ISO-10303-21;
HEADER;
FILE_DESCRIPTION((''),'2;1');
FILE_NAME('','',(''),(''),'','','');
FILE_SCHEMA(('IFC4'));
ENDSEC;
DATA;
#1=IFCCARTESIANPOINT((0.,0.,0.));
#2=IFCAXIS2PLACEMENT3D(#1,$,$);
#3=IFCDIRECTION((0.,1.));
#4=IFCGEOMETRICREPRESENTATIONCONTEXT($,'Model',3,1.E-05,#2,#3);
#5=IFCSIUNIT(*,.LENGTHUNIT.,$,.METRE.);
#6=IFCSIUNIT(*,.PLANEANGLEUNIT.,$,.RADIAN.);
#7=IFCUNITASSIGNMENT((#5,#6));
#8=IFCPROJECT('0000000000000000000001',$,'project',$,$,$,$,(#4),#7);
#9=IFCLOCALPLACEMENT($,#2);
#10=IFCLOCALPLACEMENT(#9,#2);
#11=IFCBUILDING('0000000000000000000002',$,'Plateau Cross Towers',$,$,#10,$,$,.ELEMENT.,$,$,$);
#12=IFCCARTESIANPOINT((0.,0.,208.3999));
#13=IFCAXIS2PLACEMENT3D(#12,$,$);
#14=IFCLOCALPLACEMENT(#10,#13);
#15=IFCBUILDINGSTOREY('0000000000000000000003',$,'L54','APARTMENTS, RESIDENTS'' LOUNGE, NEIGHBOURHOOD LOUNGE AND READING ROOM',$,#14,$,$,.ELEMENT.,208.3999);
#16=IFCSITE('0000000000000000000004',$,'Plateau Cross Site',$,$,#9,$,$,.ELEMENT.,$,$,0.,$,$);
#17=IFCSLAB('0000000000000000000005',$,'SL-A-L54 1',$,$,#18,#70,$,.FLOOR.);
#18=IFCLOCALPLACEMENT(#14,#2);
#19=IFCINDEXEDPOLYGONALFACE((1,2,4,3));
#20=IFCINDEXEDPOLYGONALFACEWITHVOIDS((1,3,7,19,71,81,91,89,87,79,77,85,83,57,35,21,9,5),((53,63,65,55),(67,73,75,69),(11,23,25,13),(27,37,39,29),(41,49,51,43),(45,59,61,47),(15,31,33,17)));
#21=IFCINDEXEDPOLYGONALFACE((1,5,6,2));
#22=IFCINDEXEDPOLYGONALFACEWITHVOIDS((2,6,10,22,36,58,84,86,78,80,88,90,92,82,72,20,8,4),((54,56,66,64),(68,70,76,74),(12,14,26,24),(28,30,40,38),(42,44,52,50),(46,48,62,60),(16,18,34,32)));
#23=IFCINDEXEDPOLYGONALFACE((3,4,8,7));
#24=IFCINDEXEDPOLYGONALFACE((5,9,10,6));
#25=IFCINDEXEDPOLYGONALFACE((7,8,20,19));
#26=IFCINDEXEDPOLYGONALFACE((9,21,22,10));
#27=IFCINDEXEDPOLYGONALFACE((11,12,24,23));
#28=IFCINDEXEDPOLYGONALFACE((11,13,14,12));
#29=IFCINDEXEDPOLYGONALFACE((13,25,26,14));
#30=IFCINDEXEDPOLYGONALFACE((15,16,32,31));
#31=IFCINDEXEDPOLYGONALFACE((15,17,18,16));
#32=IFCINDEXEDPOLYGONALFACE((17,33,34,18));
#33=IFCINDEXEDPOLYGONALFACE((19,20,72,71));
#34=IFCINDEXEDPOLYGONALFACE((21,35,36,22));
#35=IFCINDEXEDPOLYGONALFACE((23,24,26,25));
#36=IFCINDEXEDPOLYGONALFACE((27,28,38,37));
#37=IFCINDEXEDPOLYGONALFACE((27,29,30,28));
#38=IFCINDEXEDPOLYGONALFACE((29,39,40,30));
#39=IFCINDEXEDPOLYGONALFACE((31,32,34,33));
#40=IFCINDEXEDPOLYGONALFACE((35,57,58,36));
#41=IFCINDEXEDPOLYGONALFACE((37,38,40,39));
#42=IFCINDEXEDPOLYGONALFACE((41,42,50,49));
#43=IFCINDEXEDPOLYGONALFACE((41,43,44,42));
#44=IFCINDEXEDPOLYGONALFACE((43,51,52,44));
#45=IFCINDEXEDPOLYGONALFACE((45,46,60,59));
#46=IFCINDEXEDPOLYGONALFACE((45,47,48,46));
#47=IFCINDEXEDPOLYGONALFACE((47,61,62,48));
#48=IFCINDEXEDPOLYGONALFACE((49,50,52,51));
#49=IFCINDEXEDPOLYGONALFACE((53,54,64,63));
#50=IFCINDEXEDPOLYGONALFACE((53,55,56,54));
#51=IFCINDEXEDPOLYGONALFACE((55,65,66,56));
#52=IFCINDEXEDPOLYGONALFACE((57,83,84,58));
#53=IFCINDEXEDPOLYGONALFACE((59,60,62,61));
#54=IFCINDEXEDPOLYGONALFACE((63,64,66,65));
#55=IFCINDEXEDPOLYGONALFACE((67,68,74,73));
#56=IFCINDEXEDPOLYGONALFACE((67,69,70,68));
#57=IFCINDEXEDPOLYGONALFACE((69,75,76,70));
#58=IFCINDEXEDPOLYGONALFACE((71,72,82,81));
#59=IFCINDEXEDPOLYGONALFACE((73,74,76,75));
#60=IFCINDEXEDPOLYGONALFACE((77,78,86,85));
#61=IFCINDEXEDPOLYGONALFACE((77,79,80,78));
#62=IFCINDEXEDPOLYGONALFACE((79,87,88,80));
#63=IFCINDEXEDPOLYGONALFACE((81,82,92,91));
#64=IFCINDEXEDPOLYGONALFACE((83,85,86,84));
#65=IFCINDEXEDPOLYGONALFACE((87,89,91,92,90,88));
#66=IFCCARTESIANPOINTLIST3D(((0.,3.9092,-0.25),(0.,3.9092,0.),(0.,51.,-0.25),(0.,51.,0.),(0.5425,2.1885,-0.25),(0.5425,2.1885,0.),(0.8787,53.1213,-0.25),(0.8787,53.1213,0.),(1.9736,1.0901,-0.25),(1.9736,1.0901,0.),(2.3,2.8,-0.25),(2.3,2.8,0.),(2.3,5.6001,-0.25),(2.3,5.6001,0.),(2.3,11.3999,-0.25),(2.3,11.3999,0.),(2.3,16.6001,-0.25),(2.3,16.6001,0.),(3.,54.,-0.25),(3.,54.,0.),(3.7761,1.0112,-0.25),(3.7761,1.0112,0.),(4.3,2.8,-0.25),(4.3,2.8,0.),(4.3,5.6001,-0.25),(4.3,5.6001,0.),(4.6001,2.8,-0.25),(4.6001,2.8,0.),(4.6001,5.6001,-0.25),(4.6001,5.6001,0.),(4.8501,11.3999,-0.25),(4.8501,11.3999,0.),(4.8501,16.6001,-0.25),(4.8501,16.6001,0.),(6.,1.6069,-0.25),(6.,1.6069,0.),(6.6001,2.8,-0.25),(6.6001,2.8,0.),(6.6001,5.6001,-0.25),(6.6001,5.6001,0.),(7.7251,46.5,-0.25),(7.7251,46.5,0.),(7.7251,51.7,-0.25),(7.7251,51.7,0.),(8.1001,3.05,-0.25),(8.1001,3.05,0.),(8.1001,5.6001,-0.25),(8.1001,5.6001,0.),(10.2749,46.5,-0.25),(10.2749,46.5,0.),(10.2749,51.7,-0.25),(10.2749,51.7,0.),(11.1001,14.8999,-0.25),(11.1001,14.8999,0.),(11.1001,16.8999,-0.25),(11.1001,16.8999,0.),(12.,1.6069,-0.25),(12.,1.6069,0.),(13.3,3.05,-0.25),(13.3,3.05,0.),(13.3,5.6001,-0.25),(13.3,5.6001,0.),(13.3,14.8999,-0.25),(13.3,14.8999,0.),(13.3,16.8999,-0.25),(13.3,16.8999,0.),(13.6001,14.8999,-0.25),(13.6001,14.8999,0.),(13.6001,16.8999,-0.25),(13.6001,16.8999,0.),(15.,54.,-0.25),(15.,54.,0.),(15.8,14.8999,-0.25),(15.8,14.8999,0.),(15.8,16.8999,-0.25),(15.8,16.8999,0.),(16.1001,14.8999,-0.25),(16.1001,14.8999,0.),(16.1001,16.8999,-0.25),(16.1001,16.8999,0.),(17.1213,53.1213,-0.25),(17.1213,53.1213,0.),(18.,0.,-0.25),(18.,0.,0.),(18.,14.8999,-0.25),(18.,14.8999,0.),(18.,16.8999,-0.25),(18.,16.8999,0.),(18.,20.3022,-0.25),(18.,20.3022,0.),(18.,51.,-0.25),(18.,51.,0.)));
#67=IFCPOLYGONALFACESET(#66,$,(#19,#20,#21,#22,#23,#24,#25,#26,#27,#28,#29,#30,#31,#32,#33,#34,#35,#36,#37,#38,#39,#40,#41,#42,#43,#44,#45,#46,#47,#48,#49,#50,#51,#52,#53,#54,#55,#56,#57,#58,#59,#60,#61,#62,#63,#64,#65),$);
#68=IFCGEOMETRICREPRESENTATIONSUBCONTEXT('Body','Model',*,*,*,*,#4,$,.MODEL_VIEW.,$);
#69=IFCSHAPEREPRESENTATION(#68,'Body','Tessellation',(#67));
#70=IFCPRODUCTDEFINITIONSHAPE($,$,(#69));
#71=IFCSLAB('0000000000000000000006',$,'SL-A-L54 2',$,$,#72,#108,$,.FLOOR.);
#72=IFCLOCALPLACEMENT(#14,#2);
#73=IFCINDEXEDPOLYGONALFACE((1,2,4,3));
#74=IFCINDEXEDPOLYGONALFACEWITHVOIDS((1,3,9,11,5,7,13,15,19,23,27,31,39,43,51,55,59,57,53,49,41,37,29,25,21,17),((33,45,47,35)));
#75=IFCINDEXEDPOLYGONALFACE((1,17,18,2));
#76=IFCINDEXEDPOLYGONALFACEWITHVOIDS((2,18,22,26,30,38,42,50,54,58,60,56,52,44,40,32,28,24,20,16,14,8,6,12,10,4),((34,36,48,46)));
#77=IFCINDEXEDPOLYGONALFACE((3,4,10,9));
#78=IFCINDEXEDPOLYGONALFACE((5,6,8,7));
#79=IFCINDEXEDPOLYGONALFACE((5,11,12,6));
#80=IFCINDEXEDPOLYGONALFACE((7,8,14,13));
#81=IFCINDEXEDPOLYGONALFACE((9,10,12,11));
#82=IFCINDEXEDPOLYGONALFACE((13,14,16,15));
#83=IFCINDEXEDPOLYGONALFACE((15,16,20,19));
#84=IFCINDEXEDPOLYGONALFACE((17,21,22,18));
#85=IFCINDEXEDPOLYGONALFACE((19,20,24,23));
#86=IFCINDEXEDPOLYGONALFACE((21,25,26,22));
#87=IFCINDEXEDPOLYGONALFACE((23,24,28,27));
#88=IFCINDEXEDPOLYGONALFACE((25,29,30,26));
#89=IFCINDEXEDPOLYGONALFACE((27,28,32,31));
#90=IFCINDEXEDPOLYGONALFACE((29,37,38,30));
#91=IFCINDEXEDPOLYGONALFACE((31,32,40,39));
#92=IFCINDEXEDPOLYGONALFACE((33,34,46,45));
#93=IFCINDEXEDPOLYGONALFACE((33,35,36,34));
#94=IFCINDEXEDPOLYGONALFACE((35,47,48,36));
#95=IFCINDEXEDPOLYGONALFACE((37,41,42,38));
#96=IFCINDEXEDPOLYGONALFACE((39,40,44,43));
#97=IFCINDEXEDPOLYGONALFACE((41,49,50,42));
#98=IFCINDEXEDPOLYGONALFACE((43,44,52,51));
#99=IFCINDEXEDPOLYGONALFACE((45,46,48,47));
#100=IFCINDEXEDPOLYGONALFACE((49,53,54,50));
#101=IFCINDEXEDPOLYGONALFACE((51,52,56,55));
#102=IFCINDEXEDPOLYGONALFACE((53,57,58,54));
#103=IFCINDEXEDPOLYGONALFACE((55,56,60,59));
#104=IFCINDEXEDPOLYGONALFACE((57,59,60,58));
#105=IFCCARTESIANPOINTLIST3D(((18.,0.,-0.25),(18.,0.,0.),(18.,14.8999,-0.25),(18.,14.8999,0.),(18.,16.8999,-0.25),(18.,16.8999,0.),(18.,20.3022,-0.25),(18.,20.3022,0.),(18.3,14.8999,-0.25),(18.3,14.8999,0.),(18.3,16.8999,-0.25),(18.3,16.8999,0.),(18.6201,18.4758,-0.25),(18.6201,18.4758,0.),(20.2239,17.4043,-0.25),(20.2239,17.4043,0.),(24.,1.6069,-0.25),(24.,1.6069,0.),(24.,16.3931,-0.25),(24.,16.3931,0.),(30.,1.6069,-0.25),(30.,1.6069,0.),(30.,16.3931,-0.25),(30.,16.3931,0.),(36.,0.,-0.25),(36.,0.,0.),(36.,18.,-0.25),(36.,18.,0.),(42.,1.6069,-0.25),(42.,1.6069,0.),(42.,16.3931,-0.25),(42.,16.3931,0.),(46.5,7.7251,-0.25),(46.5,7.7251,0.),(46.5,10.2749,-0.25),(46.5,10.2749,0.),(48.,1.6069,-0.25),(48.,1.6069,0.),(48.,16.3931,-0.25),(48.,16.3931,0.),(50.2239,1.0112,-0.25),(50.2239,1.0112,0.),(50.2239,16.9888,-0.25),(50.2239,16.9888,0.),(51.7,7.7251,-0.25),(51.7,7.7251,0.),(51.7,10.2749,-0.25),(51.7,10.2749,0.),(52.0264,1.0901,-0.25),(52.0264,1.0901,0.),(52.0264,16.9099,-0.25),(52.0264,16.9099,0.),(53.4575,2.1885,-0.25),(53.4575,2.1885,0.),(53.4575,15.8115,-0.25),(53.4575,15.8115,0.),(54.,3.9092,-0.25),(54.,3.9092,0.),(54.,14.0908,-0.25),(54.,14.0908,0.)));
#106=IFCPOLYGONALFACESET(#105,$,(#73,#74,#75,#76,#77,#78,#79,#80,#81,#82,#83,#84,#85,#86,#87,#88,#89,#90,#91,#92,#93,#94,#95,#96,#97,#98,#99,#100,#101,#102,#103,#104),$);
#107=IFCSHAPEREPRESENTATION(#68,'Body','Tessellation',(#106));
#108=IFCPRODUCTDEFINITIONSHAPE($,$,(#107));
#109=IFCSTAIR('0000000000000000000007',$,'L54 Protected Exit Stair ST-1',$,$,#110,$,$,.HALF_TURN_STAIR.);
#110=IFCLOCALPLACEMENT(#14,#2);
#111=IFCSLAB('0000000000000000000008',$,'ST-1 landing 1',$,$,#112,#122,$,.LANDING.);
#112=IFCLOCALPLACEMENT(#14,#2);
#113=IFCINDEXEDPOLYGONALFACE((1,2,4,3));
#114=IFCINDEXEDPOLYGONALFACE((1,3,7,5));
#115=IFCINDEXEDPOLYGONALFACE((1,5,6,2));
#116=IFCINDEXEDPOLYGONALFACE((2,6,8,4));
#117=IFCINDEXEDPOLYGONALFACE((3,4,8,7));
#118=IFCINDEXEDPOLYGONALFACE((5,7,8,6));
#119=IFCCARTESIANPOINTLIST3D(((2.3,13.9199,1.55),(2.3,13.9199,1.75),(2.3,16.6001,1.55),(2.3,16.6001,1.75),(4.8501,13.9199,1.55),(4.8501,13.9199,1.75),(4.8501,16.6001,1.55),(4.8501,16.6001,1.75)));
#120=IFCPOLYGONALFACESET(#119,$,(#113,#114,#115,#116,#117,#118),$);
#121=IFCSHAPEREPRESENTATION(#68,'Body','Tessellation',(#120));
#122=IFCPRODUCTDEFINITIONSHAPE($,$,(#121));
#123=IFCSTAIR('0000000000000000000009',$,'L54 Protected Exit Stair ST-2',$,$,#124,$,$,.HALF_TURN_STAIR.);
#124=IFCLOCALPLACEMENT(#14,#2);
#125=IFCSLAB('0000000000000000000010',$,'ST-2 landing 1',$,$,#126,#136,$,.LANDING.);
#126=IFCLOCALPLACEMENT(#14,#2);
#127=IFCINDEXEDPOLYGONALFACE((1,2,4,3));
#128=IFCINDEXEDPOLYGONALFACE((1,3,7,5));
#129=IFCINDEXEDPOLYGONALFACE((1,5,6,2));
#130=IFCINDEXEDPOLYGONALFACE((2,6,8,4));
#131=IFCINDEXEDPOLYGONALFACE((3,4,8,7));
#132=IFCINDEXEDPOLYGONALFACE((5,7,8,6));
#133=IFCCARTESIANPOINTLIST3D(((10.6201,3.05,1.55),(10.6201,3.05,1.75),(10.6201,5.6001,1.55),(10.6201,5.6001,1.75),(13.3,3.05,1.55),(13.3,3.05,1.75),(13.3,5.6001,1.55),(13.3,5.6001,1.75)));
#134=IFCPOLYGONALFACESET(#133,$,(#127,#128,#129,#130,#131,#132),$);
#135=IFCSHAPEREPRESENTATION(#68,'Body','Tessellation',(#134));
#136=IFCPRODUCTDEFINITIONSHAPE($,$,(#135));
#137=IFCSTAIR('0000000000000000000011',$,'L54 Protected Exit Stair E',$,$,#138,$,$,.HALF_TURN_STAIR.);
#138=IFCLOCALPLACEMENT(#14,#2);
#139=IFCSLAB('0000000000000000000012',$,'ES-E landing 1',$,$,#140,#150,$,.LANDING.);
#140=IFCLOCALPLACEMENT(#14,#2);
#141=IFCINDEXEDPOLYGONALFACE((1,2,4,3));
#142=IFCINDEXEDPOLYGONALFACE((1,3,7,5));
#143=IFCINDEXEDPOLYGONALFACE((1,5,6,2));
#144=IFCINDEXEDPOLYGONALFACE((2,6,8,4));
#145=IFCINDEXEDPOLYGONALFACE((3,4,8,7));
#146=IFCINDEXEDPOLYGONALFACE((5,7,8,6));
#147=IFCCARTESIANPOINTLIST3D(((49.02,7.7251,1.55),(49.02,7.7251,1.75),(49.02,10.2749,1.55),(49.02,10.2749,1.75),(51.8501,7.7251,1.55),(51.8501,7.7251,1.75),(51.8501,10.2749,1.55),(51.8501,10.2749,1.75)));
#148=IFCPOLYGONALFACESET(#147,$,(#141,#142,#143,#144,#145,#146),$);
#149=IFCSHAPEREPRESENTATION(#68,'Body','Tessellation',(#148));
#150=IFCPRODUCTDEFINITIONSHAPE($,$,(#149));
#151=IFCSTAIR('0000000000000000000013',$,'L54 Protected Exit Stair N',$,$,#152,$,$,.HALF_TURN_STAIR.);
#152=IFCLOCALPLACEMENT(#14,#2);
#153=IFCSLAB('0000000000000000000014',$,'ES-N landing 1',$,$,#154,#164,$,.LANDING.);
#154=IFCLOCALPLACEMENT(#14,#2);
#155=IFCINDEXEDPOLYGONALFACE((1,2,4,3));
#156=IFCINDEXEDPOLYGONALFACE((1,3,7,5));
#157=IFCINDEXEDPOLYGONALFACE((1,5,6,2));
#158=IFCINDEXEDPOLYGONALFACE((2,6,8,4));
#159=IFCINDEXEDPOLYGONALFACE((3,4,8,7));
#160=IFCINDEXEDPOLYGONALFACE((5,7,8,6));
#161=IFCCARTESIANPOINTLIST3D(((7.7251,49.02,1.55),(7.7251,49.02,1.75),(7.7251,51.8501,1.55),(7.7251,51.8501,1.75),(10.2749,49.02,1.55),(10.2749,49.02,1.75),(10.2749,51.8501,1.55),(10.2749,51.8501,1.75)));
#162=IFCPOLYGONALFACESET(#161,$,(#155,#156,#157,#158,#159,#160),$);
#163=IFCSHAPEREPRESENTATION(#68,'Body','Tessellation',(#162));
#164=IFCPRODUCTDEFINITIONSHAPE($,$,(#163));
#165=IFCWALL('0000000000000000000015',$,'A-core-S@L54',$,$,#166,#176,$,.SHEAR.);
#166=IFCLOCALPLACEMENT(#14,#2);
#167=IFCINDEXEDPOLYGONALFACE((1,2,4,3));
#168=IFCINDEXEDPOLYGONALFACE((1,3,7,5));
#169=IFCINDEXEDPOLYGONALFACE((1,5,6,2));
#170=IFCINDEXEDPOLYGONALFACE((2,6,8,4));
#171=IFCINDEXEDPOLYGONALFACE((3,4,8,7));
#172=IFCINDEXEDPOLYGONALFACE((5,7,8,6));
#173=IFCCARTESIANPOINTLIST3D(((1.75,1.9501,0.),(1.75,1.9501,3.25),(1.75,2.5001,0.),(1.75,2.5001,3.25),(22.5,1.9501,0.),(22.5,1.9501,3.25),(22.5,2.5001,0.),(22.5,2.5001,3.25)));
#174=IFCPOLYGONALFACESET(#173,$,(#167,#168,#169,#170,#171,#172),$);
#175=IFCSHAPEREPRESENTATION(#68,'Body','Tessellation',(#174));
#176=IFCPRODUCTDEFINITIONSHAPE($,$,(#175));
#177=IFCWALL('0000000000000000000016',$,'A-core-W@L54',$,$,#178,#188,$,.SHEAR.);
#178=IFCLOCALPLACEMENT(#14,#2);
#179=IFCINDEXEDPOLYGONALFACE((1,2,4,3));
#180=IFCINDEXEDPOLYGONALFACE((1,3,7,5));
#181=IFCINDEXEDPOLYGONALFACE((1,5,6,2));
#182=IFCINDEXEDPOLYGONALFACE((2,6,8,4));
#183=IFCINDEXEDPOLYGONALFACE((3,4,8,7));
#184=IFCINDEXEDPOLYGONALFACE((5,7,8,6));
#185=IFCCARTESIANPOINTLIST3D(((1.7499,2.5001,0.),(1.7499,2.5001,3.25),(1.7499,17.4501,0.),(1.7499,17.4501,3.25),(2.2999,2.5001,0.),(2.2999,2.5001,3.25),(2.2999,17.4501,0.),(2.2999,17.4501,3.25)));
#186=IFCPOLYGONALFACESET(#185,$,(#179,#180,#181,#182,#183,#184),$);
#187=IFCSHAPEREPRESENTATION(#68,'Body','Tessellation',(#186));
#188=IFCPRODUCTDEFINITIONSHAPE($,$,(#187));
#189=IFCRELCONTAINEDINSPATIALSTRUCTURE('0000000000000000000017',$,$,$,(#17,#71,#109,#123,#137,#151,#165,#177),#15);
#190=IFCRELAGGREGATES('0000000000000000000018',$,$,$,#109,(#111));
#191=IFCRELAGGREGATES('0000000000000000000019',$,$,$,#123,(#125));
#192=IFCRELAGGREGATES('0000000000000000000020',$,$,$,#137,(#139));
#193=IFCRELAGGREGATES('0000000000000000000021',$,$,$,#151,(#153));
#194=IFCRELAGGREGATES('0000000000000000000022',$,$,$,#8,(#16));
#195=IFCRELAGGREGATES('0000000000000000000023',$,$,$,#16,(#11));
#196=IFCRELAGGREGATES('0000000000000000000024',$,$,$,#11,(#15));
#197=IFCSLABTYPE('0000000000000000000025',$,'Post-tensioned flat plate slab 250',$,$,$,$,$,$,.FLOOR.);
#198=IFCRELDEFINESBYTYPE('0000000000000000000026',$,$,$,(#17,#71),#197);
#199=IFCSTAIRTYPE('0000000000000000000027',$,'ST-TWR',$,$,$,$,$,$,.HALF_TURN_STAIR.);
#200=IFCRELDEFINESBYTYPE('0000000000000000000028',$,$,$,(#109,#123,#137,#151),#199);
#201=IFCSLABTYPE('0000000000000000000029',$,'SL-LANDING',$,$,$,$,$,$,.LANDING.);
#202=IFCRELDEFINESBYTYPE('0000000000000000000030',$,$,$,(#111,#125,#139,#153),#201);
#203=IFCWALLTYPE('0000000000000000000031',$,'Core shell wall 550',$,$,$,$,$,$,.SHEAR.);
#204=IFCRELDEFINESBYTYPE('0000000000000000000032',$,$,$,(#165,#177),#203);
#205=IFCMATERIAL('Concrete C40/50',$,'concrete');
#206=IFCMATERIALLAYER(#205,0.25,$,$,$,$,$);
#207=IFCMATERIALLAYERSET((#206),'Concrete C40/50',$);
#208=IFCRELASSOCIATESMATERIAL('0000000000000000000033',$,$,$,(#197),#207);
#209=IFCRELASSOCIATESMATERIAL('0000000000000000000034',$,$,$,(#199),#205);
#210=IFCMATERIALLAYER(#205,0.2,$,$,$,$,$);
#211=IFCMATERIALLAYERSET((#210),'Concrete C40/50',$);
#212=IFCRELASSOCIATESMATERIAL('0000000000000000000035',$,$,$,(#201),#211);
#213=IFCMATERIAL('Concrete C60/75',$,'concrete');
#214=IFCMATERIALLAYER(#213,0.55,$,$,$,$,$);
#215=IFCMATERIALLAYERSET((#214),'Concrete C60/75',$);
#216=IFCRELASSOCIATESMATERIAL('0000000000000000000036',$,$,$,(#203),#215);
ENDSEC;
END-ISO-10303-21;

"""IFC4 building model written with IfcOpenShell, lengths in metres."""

from ifc_helpers import new_model, si_unit, direction, frame, frame_2d, origin, place, context, subcontext, project, spatial, polyline, rectangle, outline, extrude, material, layer, layer_set, type_object, element, aggregate, save


model = new_model("IFC4")

# Units and contexts
model_context = context("Model", 3, precision=1e-05, world=origin(), true_north=direction((0.0, 1.0)))
body_context = subcontext(model_context, "Body", "Model", "MODEL_VIEW")
ifc_project = project(units=[si_unit("LENGTHUNIT", "METRE"), si_unit("PLANEANGLEUNIT", "RADIAN")], contexts=[model_context])

# Site, building, storey
site_placement = place(None, origin())
site = spatial("IfcSite", under=ifc_project, at=site_placement, Name="Plateau Cross Site", CompositionType="ELEMENT", RefElevation=0.0)
building_placement = place(site_placement, origin())
building = spatial("IfcBuilding", under=site, at=building_placement, Name="Plateau Cross Towers", CompositionType="ELEMENT")
storey_placement = place(building_placement, frame((0.0, 0.0, 208.3999)))
storey = spatial("IfcBuildingStorey", under=building, at=storey_placement, Name="L54", Description="APARTMENTS, RESIDENTS' LOUNGE, NEIGHBOURHOOD LOUNGE AND READING ROOM", CompositionType="ELEMENT", Elevation=208.3999)

# Shared definitions
ifc_material_1 = material(Name="Concrete C60/75", Category="concrete")

# Shared definitions
ifc_material_2 = material(Name="Concrete C40/50", Category="concrete")

# Slabs
ifc_layer_1 = layer(ifc_material_2, 0.25)
ifc_layer_set_1 = layer_set([ifc_layer_1], Name="Concrete C40/50")
slab_type_1 = type_object("IfcSlabType", Name="Post-tensioned flat plate slab 250", PredefinedType="FLOOR", material=ifc_layer_set_1)
slab_1_placement = place(storey_placement, frame((0.0, 0.0, -0.25)))
element("IfcSlab", 1, at=slab_1_placement, inside=storey, type_object=slab_type_1, Name="SL-A-L54 1", PredefinedType="FLOOR", context=body_context, shape_type="SweptSolid", body=[
    extrude(outline(polyline([(0.5425, 2.1885), (0.0, 3.9092), (0.0, 51.0), (0.8787, 53.1213), (3.0, 54.0), (15.0, 54.0), (17.1213, 53.1213), (18.0, 51.0), (18.0, 20.3022), (18.0, 16.8999), (16.1001, 16.8999), (16.1001, 14.8999), (18.0, 14.8999), (18.0, 0.0), (12.0, 1.6069), (6.0, 1.6069), (3.7761, 1.0112), (1.9736, 1.0901), (0.5425, 2.1885)]), holes=[polyline([(2.3, 5.6001), (2.3, 2.8), (4.3, 2.8), (4.3, 5.6001), (2.3, 5.6001)]), polyline([(4.6001, 5.6001), (4.6001, 2.8), (6.6001, 2.8), (6.6001, 5.6001), (4.6001, 5.6001)]), polyline([(8.1001, 5.6001), (8.1001, 3.05), (13.3, 3.05), (13.3, 5.6001), (8.1001, 5.6001)]), polyline([(2.3, 11.3999), (4.8501, 11.3999), (4.8501, 16.6001), (2.3, 16.6001), (2.3, 11.3999)]), polyline([(11.1001, 16.8999), (11.1001, 14.8999), (13.3, 14.8999), (13.3, 16.8999), (11.1001, 16.8999)]), polyline([(13.6001, 16.8999), (13.6001, 14.8999), (15.8, 14.8999), (15.8, 16.8999), (13.6001, 16.8999)]), polyline([(7.7251, 51.7), (7.7251, 46.5), (10.2749, 46.5), (10.2749, 51.7), (7.7251, 51.7)])]), origin(), (0.0, 0.0, 1.0), 0.25),
])
slab_2_placement = place(storey_placement, frame((0.0, 0.0, -0.25)))
element("IfcSlab", 2, at=slab_2_placement, inside=storey, type_object=slab_type_1, Name="SL-A-L54 2", PredefinedType="FLOOR", context=body_context, shape_type="SweptSolid", body=[
    extrude(outline(polyline([(18.6201, 18.4758), (20.2239, 17.4043), (24.0, 16.3931), (30.0, 16.3931), (36.0, 18.0), (42.0, 16.3931), (48.0, 16.3931), (50.2239, 16.9888), (52.0264, 16.9099), (53.4575, 15.8115), (54.0, 14.0908), (54.0, 3.9092), (53.4575, 2.1885), (52.0264, 1.0901), (50.2239, 1.0112), (48.0, 1.6069), (42.0, 1.6069), (36.0, 0.0), (30.0, 1.6069), (24.0, 1.6069), (18.0, 0.0), (18.0, 14.8999), (18.3, 14.8999), (18.3, 16.8999), (18.0, 16.8999), (18.0, 20.3022), (18.6201, 18.4758)]), holes=[polyline([(46.5, 10.2749), (46.5, 7.7251), (51.7, 7.7251), (51.7, 10.2749), (46.5, 10.2749)])]), origin(), (0.0, 0.0, 1.0), 0.25),
])

# Stairs, slabs
stair_type = type_object("IfcStairType", Name="ST-TWR", PredefinedType="HALF_TURN_STAIR", material=ifc_material_2)
stair_1_placement = place(storey_placement, origin())
stair_1 = element("IfcStair", 3, at=stair_1_placement, inside=storey, type_object=stair_type, Name="L54 Protected Exit Stair ST-1", PredefinedType="HALF_TURN_STAIR")
ifc_layer_2 = layer(ifc_material_2, 0.2)
ifc_layer_set_2 = layer_set([ifc_layer_2], Name="Concrete C40/50")
slab_type_2 = type_object("IfcSlabType", Name="SL-LANDING", PredefinedType="LANDING", material=ifc_layer_set_2)
slab_3_placement = place(storey_placement, frame((0.0, 0.0, 1.55)))
slab_3 = element("IfcSlab", 4, at=slab_3_placement, type_object=slab_type_2, Name="ST-1 landing 1", PredefinedType="LANDING", context=body_context, shape_type="SweptSolid", body=[
    extrude(outline(polyline([(4.8501, 13.9199), (4.8501, 16.6001), (2.3, 16.6001), (2.3, 13.9199), (4.8501, 13.9199)])), origin(), (0.0, 0.0, 1.0), 0.2),
])
aggregate(stair_1, [slab_3])
stair_2_placement = place(storey_placement, origin())
stair_2 = element("IfcStair", 5, at=stair_2_placement, inside=storey, type_object=stair_type, Name="L54 Protected Exit Stair ST-2", PredefinedType="HALF_TURN_STAIR")
slab_4_placement = place(storey_placement, frame((0.0, 0.0, 1.55)))
slab_4 = element("IfcSlab", 6, at=slab_4_placement, type_object=slab_type_2, Name="ST-2 landing 1", PredefinedType="LANDING", context=body_context, shape_type="SweptSolid", body=[
    extrude(outline(polyline([(10.6201, 3.05), (13.3, 3.05), (13.3, 5.6001), (10.6201, 5.6001), (10.6201, 3.05)])), origin(), (0.0, 0.0, 1.0), 0.2),
])
aggregate(stair_2, [slab_4])
stair_3_placement = place(storey_placement, origin())
stair_3 = element("IfcStair", 7, at=stair_3_placement, inside=storey, type_object=stair_type, Name="L54 Protected Exit Stair E", PredefinedType="HALF_TURN_STAIR")
slab_5_placement = place(storey_placement, frame((0.0, 0.0, 1.55)))
slab_5 = element("IfcSlab", 8, at=slab_5_placement, type_object=slab_type_2, Name="ES-E landing 1", PredefinedType="LANDING", context=body_context, shape_type="SweptSolid", body=[
    extrude(outline(polyline([(49.02, 7.7251), (51.8501, 7.7251), (51.8501, 10.2749), (49.02, 10.2749), (49.02, 7.7251)])), origin(), (0.0, 0.0, 1.0), 0.2),
])
aggregate(stair_3, [slab_5])
stair_4_placement = place(storey_placement, origin())
stair_4 = element("IfcStair", 9, at=stair_4_placement, inside=storey, type_object=stair_type, Name="L54 Protected Exit Stair N", PredefinedType="HALF_TURN_STAIR")
slab_6_placement = place(storey_placement, frame((0.0, 0.0, 1.55)))
slab_6 = element("IfcSlab", 10, at=slab_6_placement, type_object=slab_type_2, Name="ES-N landing 1", PredefinedType="LANDING", context=body_context, shape_type="SweptSolid", body=[
    extrude(outline(polyline([(10.2749, 49.02), (10.2749, 51.8501), (7.7251, 51.8501), (7.7251, 49.02), (10.2749, 49.02)])), origin(), (0.0, 0.0, 1.0), 0.2),
])
aggregate(stair_4, [slab_6])

# Walls
ifc_layer_3 = layer(ifc_material_1, 0.55)
ifc_layer_set_3 = layer_set([ifc_layer_3], Name="Concrete C60/75")
wall_type = type_object("IfcWallType", Name="Core shell wall 550", PredefinedType="SHEAR", material=ifc_layer_set_3)
wall_1_placement = place(storey_placement, frame((1.75, 2.2251, 0.0), z_axis=(0.0, 0.0, 1.0), x_axis=(1.0, 0.0, 0.0)))
element("IfcWall", 11, at=wall_1_placement, inside=storey, type_object=wall_type, Name="A-core-S@L54", PredefinedType="SHEAR", context=body_context, shape_type="SweptSolid", body=[
    extrude(rectangle(XDim=20.75, YDim=0.55, at=frame_2d((10.375, 0.0))), origin(), (0.0, 0.0, 1.0), 3.25),
])
wall_2_placement = place(storey_placement, frame((2.0249, 2.5, 0.0), z_axis=(0.0, 0.0, 1.0), x_axis=(0.0, 1.0, 0.0)))
element("IfcWall", 12, at=wall_2_placement, inside=storey, type_object=wall_type, Name="A-core-W@L54", PredefinedType="SHEAR", context=body_context, shape_type="SweptSolid", body=[
    extrude(rectangle(XDim=14.95, YDim=0.55, at=frame_2d((7.4751, 0.0))), origin(), (0.0, 0.0, 1.0), 3.25),
])

save(model, "model.ifc")
